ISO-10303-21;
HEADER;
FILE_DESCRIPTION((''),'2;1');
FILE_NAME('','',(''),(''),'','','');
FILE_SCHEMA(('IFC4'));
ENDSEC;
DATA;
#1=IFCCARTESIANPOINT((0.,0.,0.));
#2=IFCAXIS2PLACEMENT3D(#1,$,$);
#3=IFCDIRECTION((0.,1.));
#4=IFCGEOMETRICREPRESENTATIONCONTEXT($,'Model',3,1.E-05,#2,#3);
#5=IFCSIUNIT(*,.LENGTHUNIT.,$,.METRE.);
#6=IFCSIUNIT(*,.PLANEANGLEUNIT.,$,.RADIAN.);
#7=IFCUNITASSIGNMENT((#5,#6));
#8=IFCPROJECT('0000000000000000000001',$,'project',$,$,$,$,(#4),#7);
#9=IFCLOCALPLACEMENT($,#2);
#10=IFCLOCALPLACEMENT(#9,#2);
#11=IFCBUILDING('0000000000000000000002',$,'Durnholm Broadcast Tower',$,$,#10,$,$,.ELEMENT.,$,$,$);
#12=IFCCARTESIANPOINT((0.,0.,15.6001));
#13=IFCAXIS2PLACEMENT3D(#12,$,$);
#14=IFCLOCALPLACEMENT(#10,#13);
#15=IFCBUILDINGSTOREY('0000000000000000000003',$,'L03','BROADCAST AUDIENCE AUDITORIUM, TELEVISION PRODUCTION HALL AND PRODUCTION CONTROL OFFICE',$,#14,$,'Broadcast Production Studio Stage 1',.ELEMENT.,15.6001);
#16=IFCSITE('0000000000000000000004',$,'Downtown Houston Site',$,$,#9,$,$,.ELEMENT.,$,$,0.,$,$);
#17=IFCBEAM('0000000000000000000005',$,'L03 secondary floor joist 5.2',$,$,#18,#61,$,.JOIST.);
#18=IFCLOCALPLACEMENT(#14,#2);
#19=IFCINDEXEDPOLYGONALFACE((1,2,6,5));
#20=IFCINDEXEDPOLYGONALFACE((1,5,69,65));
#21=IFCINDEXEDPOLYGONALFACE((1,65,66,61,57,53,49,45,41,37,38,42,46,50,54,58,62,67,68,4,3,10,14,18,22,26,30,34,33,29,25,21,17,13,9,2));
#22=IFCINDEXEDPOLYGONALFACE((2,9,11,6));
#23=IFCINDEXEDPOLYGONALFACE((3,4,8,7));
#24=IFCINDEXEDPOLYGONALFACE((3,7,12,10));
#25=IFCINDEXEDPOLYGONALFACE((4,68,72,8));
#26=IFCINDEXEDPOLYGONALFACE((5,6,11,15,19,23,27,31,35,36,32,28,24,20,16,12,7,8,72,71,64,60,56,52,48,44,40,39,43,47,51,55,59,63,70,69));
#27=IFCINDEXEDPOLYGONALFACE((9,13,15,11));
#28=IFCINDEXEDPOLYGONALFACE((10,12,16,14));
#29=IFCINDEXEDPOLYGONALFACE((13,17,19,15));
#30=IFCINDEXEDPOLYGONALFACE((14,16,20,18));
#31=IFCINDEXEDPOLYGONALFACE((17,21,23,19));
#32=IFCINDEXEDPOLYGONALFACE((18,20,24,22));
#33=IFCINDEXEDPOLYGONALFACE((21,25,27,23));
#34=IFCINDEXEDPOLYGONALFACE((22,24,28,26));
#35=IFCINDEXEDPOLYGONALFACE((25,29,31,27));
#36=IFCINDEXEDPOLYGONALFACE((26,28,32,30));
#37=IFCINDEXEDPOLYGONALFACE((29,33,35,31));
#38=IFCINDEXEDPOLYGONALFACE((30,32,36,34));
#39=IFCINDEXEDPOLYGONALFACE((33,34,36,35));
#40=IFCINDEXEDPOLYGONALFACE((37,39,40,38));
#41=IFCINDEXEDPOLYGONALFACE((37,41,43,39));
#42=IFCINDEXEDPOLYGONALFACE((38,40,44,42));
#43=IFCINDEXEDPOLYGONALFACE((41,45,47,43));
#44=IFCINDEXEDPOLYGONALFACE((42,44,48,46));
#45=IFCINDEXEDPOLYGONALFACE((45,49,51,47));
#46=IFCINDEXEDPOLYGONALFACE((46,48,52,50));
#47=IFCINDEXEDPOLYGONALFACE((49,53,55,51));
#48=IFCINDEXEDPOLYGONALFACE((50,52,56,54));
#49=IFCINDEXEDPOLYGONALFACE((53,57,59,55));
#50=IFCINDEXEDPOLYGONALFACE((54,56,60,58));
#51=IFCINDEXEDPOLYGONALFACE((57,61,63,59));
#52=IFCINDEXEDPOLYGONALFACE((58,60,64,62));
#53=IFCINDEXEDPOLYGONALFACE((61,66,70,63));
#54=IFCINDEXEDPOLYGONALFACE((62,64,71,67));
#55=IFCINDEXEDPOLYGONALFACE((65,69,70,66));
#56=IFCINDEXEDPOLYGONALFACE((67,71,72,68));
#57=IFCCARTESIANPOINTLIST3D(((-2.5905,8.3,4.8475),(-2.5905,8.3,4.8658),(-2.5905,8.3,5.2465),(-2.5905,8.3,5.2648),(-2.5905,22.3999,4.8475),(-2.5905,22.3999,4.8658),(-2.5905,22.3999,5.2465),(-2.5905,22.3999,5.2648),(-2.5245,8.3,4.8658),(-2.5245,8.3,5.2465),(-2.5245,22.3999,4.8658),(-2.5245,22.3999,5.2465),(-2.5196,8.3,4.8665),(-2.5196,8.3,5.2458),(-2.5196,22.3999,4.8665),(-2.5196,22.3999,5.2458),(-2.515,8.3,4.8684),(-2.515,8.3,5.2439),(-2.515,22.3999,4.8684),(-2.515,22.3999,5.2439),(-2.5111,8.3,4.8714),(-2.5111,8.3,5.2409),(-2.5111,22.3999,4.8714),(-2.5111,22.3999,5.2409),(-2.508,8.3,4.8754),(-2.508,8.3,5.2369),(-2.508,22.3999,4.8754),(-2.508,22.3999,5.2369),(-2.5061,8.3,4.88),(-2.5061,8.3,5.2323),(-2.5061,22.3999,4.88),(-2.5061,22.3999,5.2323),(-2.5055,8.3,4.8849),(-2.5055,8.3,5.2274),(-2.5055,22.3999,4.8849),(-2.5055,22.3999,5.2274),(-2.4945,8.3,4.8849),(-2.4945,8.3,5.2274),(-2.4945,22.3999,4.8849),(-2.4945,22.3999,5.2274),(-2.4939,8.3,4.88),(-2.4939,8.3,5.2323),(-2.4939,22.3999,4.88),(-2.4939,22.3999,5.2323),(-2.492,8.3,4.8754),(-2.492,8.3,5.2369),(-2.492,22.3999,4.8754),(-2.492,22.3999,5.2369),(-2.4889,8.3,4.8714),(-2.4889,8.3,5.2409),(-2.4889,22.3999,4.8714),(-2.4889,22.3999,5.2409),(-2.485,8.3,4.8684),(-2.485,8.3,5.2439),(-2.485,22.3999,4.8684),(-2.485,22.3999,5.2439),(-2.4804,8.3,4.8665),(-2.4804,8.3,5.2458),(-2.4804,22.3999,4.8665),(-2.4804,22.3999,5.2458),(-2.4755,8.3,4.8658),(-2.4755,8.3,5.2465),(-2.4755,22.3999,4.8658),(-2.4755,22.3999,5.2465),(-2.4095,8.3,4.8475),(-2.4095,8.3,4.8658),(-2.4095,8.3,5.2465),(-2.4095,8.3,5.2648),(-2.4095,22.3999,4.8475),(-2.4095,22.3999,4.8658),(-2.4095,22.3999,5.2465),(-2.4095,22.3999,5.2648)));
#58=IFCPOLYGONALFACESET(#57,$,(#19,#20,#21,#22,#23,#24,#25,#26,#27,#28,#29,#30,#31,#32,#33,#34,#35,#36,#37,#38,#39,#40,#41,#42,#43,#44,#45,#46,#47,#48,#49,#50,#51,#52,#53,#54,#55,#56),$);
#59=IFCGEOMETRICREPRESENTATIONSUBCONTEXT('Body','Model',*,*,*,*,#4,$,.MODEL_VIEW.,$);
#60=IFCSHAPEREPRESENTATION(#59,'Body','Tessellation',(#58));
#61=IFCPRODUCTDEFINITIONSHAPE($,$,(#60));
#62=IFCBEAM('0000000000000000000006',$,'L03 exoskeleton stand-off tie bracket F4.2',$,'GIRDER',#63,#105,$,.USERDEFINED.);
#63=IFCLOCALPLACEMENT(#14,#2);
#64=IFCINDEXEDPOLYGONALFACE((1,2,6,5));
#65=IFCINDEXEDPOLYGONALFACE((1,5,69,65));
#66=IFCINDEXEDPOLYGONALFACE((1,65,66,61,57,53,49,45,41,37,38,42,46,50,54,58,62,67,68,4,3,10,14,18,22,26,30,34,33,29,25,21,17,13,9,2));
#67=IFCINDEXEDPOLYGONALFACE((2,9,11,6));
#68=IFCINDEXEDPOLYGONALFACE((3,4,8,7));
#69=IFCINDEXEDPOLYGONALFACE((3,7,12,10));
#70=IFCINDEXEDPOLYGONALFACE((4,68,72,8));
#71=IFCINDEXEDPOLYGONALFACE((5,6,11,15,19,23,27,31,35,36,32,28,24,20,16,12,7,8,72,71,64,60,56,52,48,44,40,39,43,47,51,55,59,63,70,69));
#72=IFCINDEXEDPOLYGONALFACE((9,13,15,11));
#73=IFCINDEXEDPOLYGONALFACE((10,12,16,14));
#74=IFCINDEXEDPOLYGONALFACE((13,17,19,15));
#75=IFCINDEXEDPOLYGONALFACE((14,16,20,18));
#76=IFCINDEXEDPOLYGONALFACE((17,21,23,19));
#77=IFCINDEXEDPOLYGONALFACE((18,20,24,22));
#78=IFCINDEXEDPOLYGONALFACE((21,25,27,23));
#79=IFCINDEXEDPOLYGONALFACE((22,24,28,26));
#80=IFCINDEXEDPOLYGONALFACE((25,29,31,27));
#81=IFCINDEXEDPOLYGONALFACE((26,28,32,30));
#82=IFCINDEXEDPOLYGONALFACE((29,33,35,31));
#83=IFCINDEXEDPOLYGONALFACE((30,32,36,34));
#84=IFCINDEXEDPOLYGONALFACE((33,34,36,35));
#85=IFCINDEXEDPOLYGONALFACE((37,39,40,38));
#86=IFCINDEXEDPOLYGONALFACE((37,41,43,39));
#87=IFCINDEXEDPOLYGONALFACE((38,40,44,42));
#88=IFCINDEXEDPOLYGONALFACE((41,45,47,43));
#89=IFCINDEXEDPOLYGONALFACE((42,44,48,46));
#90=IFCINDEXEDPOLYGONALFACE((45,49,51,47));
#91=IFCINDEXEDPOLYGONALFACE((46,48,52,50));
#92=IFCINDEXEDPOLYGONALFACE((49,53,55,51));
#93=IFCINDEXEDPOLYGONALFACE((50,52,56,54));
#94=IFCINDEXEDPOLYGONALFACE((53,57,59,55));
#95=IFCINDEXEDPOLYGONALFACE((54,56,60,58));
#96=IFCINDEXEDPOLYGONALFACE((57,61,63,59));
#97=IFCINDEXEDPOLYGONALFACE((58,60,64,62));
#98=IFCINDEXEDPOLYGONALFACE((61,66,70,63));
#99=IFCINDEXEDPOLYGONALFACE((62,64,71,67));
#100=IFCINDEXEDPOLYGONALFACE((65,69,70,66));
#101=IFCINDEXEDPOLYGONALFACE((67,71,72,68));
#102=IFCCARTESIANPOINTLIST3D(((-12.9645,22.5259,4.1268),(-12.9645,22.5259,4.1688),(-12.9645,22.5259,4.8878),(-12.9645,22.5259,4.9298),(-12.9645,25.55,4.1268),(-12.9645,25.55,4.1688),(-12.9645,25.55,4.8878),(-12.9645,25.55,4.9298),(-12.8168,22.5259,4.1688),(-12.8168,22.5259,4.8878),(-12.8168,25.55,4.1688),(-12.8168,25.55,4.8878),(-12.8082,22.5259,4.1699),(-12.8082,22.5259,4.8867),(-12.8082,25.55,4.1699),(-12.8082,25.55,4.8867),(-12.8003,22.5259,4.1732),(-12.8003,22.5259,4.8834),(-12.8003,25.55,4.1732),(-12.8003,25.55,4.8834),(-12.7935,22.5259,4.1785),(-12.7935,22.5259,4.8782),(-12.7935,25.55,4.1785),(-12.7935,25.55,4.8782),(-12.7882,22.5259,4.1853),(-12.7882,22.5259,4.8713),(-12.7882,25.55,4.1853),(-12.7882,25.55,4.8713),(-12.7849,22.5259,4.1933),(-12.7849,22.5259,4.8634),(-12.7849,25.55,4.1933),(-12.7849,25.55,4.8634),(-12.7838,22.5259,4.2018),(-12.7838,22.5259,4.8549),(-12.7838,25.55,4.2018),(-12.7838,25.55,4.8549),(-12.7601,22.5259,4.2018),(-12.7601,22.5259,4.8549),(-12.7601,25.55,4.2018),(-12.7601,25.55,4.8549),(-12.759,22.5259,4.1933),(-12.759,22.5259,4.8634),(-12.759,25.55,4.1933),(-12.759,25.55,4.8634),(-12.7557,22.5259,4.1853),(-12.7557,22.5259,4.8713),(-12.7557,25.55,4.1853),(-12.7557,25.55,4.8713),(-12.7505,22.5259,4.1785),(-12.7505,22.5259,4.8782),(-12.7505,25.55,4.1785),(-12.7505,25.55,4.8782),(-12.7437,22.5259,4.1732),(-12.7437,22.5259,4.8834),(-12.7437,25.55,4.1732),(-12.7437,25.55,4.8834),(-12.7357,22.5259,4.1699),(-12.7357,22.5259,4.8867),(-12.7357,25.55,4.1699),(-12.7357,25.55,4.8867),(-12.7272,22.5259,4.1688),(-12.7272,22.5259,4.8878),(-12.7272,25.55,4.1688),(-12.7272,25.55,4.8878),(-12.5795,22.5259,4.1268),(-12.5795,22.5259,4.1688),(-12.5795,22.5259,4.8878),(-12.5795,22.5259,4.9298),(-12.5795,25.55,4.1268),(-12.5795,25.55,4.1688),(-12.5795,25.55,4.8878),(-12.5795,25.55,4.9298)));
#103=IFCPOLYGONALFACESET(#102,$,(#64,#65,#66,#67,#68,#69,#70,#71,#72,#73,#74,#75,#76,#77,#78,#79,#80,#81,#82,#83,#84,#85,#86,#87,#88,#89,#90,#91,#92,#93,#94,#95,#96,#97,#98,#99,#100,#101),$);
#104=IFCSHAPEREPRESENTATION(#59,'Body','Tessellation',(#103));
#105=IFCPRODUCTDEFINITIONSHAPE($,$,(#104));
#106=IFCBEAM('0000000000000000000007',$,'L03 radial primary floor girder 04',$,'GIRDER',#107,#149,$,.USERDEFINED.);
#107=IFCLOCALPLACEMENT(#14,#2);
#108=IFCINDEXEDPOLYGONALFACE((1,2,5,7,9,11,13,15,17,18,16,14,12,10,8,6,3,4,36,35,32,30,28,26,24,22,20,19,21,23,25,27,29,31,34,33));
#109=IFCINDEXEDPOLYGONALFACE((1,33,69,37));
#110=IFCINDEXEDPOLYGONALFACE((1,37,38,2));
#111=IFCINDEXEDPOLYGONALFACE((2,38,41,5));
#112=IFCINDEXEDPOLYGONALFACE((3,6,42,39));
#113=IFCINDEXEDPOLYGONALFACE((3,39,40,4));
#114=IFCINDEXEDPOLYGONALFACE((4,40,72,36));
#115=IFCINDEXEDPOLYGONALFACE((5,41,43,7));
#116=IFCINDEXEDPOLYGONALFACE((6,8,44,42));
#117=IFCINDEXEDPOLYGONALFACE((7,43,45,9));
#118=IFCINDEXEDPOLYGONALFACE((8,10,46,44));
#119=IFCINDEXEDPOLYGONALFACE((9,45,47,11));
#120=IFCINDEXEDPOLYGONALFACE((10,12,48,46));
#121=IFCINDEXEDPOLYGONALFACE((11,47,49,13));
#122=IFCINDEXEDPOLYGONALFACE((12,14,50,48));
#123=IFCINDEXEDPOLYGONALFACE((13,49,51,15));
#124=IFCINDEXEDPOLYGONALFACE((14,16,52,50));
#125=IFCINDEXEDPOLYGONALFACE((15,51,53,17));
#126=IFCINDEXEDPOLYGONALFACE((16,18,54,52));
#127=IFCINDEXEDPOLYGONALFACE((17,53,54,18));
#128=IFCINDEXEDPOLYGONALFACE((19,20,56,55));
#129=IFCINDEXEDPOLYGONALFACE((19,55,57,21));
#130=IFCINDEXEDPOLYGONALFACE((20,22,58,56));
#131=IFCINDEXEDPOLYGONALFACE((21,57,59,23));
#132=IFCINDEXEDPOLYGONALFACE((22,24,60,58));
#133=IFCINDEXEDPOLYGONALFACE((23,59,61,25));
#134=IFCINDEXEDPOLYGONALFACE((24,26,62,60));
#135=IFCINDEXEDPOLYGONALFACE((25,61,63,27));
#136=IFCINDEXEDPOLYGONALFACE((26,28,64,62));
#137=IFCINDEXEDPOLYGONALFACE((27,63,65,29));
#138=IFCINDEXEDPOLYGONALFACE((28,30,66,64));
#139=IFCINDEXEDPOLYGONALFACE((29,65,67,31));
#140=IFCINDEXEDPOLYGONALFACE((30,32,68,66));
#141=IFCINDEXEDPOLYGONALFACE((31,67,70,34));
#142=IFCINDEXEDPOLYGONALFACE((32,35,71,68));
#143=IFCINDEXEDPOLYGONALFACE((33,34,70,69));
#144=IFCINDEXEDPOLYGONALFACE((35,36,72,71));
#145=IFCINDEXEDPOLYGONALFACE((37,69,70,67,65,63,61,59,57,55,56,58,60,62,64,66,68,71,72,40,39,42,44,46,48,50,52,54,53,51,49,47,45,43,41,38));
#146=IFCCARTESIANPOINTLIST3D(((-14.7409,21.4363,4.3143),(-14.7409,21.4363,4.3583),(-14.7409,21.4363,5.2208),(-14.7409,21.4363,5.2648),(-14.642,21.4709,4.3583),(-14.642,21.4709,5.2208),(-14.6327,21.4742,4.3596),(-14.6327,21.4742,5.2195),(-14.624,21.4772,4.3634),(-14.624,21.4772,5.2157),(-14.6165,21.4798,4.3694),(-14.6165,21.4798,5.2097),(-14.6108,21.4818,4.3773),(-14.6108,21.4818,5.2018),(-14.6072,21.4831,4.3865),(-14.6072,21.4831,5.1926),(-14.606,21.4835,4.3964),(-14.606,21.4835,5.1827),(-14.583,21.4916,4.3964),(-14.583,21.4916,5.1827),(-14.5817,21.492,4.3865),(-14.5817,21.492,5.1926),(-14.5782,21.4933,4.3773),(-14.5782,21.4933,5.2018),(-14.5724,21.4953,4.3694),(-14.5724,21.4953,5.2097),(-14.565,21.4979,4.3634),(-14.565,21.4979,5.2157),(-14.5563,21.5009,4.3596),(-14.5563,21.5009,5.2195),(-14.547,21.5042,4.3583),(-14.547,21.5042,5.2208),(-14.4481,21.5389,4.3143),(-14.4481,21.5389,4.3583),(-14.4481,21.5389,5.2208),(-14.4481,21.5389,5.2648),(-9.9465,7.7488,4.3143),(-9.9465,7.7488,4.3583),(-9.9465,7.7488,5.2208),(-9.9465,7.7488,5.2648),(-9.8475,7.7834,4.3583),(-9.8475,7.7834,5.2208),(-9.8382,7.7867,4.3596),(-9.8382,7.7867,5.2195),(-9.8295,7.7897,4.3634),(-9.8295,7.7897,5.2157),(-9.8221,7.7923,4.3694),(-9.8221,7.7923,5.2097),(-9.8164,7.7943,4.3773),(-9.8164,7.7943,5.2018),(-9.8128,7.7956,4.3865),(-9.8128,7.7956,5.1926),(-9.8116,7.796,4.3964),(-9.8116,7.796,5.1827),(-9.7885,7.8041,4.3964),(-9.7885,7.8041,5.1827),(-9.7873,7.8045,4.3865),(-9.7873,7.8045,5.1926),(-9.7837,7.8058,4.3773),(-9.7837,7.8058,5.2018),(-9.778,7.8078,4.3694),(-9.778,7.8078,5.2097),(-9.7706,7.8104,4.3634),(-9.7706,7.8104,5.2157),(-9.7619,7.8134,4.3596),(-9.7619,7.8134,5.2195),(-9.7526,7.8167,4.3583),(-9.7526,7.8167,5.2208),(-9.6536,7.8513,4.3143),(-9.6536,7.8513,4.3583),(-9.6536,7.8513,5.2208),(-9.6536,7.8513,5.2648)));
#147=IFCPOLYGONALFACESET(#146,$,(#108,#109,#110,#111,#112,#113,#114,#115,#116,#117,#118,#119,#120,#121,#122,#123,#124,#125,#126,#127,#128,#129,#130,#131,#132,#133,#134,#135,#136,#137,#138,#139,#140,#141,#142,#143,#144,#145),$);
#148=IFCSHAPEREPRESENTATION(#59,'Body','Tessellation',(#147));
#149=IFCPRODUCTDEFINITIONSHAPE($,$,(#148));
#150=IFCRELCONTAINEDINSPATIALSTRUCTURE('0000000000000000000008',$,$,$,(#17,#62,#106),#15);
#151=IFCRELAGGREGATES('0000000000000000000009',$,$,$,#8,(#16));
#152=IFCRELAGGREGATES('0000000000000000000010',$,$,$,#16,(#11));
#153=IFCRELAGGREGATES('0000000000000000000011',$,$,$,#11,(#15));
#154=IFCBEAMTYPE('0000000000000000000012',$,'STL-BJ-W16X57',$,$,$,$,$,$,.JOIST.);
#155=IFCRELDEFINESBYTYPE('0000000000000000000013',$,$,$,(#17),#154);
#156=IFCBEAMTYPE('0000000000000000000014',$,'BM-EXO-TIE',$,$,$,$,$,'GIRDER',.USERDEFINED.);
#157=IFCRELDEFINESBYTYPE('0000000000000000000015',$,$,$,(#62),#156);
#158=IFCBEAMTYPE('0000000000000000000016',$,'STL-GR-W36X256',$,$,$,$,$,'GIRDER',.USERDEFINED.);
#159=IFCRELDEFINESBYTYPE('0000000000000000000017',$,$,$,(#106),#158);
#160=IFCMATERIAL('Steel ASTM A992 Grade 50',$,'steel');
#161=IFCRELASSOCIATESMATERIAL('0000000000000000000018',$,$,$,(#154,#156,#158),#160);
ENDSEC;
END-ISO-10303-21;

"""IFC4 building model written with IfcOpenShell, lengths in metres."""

from ifc_helpers import new_model, si_unit, direction, frame, origin, origin_2d, place, context, subcontext, project, spatial, i_section, extrude, source, transform, mapped, material, material_profile, profile_set, type_object, type_shapes, element, save


model = new_model("IFC4")

# Units and contexts
model_context = context("Model", 3, precision=1e-05, world=origin(), true_north=direction((0.0, 1.0)))
body_context = subcontext(model_context, "Body", "Model", "MODEL_VIEW")
ifc_project = project(units=[si_unit("LENGTHUNIT", "METRE"), si_unit("PLANEANGLEUNIT", "RADIAN")], contexts=[model_context])

# Site, building, storey
site_placement = place(None, origin())
site = spatial("IfcSite", under=ifc_project, at=site_placement, Name="Downtown Houston Site", CompositionType="ELEMENT", RefElevation=0.0)
building_placement = place(site_placement, origin())
building = spatial("IfcBuilding", under=site, at=building_placement, Name="Durnholm Broadcast Tower", CompositionType="ELEMENT")
storey_placement = place(building_placement, frame((0.0, 0.0, 15.6001)))
storey = spatial("IfcBuildingStorey", under=building, at=storey_placement, Name="L03", Description="BROADCAST AUDIENCE AUDITORIUM, TELEVISION PRODUCTION HALL AND PRODUCTION CONTROL OFFICE", LongName="Broadcast Production Studio Stage 1", CompositionType="ELEMENT", Elevation=15.6001)

# Beams
ifc_material_1 = material(Name="Steel ASTM A992 Grade 50", Category="steel")
ifc_material_profile_1 = material_profile(ifc_material_1, i_section(OverallWidth=0.1809, OverallDepth=0.4172, WebThickness=0.011, FlangeThickness=0.0183, FilletRadius=0.019, at=origin_2d()), Name="W16X57")
ifc_profile_set_1 = profile_set([ifc_material_profile_1], Name="Steel ASTM A992 Grade 50")
beam_type_1 = type_object("IfcBeamType", Name="STL-BJ-W16X57", PredefinedType="JOIST", material=ifc_profile_set_1)
shared_shape_1 = source(origin(), body_context, "Body", "SweptSolid", [
    extrude(i_section(OverallWidth=0.1809, OverallDepth=0.4172, WebThickness=0.011, FlangeThickness=0.0183, FilletRadius=0.019, at=origin_2d()), origin(), (0.0, 0.0, 1.0), 14.0999),
])
type_shapes(beam_type_1, [shared_shape_1])
for number, where, z_axis, x_axis, name in (
    (1, (-2.5, 8.3, 5.0562), (0.0, 1.0, 0.0), (-1.0, 0.0, 0.0), "L03 secondary floor joist 5.2"),
):
    element("IfcBeam", number, at=place(storey_placement, frame(where, z_axis=z_axis, x_axis=x_axis)), inside=storey, type_object=beam_type_1, Name=name, PredefinedType="JOIST", context=body_context, shape_type="MappedRepresentation", body=[
        mapped(shared_shape_1, transform((0.0, 0.0, 0.0), x_axis=(1.0, 0.0, 0.0), y_axis=(0.0, 1.0, 0.0), z_axis=(0.0, 0.0, 1.0), scale=1.0)),
    ])
ifc_material_profile_2 = material_profile(ifc_material_1, i_section(OverallWidth=0.385, OverallDepth=0.803, WebThickness=0.0237, FlangeThickness=0.042, FilletRadius=0.033, at=origin_2d()), Name="W30X261")
ifc_profile_set_2 = profile_set([ifc_material_profile_2], Name="Steel ASTM A992 Grade 50")
beam_type_2 = type_object("IfcBeamType", Name="BM-EXO-TIE", ElementType="GIRDER", PredefinedType="USERDEFINED", material=ifc_profile_set_2)
shared_shape_2 = source(origin(), body_context, "Body", "SweptSolid", [
    extrude(i_section(OverallWidth=0.385, OverallDepth=0.803, WebThickness=0.0237, FlangeThickness=0.042, FilletRadius=0.033, at=origin_2d()), origin(), (0.0, 0.0, 1.0), 3.0242),
])
type_shapes(beam_type_2, [shared_shape_2])
beam_1_placement = place(storey_placement, frame((-12.772, 22.5259, 4.5283), z_axis=(0.0, 1.0, 0.0), x_axis=(-1.0, 0.0, 0.0)))
element("IfcBeam", 2, at=beam_1_placement, inside=storey, type_object=beam_type_2, Name="L03 exoskeleton stand-off tie bracket F4.2", ObjectType="GIRDER", PredefinedType="USERDEFINED", context=body_context, shape_type="MappedRepresentation", body=[
    mapped(shared_shape_2, transform((0.0, 0.0, 0.0), x_axis=(1.0, 0.0, 0.0), y_axis=(0.0, 1.0, 0.0), z_axis=(0.0, 0.0, 1.0), scale=1.0)),
])
ifc_material_profile_3 = material_profile(ifc_material_1, i_section(OverallWidth=0.3103, OverallDepth=0.9504, WebThickness=0.0244, FlangeThickness=0.0439, FilletRadius=0.0381, at=origin_2d()), Name="W36X256")
ifc_profile_set_3 = profile_set([ifc_material_profile_3], Name="Steel ASTM A992 Grade 50")
beam_type_3 = type_object("IfcBeamType", Name="STL-GR-W36X256", ElementType="GIRDER", PredefinedType="USERDEFINED", material=ifc_profile_set_3)
shared_shape_3 = source(origin(), body_context, "Body", "SweptSolid", [
    extrude(i_section(OverallWidth=0.3103, OverallDepth=0.9504, WebThickness=0.0244, FlangeThickness=0.0439, FilletRadius=0.0381, at=origin_2d()), origin(), (0.0, 0.0, 1.0), 14.5029),
])
beam_2_placement = place(storey_placement, frame((-9.8, 7.8, 4.7896), z_axis=(-0.330584, 0.943776, 0.0), x_axis=(-0.943776, -0.330584, 0.0)))
element("IfcBeam", 3, at=beam_2_placement, inside=storey, type_object=beam_type_3, Name="L03 radial primary floor girder 04", ObjectType="GIRDER", PredefinedType="USERDEFINED", context=body_context, shape_type="MappedRepresentation", body=[
    mapped(shared_shape_3, transform((0.0, 0.0, 0.0), x_axis=(1.0, 0.0, 0.0), y_axis=(0.0, 1.0, 0.0), z_axis=(0.0, 0.0, 1.0), scale=1.0)),
])

save(model, "model.ifc")
